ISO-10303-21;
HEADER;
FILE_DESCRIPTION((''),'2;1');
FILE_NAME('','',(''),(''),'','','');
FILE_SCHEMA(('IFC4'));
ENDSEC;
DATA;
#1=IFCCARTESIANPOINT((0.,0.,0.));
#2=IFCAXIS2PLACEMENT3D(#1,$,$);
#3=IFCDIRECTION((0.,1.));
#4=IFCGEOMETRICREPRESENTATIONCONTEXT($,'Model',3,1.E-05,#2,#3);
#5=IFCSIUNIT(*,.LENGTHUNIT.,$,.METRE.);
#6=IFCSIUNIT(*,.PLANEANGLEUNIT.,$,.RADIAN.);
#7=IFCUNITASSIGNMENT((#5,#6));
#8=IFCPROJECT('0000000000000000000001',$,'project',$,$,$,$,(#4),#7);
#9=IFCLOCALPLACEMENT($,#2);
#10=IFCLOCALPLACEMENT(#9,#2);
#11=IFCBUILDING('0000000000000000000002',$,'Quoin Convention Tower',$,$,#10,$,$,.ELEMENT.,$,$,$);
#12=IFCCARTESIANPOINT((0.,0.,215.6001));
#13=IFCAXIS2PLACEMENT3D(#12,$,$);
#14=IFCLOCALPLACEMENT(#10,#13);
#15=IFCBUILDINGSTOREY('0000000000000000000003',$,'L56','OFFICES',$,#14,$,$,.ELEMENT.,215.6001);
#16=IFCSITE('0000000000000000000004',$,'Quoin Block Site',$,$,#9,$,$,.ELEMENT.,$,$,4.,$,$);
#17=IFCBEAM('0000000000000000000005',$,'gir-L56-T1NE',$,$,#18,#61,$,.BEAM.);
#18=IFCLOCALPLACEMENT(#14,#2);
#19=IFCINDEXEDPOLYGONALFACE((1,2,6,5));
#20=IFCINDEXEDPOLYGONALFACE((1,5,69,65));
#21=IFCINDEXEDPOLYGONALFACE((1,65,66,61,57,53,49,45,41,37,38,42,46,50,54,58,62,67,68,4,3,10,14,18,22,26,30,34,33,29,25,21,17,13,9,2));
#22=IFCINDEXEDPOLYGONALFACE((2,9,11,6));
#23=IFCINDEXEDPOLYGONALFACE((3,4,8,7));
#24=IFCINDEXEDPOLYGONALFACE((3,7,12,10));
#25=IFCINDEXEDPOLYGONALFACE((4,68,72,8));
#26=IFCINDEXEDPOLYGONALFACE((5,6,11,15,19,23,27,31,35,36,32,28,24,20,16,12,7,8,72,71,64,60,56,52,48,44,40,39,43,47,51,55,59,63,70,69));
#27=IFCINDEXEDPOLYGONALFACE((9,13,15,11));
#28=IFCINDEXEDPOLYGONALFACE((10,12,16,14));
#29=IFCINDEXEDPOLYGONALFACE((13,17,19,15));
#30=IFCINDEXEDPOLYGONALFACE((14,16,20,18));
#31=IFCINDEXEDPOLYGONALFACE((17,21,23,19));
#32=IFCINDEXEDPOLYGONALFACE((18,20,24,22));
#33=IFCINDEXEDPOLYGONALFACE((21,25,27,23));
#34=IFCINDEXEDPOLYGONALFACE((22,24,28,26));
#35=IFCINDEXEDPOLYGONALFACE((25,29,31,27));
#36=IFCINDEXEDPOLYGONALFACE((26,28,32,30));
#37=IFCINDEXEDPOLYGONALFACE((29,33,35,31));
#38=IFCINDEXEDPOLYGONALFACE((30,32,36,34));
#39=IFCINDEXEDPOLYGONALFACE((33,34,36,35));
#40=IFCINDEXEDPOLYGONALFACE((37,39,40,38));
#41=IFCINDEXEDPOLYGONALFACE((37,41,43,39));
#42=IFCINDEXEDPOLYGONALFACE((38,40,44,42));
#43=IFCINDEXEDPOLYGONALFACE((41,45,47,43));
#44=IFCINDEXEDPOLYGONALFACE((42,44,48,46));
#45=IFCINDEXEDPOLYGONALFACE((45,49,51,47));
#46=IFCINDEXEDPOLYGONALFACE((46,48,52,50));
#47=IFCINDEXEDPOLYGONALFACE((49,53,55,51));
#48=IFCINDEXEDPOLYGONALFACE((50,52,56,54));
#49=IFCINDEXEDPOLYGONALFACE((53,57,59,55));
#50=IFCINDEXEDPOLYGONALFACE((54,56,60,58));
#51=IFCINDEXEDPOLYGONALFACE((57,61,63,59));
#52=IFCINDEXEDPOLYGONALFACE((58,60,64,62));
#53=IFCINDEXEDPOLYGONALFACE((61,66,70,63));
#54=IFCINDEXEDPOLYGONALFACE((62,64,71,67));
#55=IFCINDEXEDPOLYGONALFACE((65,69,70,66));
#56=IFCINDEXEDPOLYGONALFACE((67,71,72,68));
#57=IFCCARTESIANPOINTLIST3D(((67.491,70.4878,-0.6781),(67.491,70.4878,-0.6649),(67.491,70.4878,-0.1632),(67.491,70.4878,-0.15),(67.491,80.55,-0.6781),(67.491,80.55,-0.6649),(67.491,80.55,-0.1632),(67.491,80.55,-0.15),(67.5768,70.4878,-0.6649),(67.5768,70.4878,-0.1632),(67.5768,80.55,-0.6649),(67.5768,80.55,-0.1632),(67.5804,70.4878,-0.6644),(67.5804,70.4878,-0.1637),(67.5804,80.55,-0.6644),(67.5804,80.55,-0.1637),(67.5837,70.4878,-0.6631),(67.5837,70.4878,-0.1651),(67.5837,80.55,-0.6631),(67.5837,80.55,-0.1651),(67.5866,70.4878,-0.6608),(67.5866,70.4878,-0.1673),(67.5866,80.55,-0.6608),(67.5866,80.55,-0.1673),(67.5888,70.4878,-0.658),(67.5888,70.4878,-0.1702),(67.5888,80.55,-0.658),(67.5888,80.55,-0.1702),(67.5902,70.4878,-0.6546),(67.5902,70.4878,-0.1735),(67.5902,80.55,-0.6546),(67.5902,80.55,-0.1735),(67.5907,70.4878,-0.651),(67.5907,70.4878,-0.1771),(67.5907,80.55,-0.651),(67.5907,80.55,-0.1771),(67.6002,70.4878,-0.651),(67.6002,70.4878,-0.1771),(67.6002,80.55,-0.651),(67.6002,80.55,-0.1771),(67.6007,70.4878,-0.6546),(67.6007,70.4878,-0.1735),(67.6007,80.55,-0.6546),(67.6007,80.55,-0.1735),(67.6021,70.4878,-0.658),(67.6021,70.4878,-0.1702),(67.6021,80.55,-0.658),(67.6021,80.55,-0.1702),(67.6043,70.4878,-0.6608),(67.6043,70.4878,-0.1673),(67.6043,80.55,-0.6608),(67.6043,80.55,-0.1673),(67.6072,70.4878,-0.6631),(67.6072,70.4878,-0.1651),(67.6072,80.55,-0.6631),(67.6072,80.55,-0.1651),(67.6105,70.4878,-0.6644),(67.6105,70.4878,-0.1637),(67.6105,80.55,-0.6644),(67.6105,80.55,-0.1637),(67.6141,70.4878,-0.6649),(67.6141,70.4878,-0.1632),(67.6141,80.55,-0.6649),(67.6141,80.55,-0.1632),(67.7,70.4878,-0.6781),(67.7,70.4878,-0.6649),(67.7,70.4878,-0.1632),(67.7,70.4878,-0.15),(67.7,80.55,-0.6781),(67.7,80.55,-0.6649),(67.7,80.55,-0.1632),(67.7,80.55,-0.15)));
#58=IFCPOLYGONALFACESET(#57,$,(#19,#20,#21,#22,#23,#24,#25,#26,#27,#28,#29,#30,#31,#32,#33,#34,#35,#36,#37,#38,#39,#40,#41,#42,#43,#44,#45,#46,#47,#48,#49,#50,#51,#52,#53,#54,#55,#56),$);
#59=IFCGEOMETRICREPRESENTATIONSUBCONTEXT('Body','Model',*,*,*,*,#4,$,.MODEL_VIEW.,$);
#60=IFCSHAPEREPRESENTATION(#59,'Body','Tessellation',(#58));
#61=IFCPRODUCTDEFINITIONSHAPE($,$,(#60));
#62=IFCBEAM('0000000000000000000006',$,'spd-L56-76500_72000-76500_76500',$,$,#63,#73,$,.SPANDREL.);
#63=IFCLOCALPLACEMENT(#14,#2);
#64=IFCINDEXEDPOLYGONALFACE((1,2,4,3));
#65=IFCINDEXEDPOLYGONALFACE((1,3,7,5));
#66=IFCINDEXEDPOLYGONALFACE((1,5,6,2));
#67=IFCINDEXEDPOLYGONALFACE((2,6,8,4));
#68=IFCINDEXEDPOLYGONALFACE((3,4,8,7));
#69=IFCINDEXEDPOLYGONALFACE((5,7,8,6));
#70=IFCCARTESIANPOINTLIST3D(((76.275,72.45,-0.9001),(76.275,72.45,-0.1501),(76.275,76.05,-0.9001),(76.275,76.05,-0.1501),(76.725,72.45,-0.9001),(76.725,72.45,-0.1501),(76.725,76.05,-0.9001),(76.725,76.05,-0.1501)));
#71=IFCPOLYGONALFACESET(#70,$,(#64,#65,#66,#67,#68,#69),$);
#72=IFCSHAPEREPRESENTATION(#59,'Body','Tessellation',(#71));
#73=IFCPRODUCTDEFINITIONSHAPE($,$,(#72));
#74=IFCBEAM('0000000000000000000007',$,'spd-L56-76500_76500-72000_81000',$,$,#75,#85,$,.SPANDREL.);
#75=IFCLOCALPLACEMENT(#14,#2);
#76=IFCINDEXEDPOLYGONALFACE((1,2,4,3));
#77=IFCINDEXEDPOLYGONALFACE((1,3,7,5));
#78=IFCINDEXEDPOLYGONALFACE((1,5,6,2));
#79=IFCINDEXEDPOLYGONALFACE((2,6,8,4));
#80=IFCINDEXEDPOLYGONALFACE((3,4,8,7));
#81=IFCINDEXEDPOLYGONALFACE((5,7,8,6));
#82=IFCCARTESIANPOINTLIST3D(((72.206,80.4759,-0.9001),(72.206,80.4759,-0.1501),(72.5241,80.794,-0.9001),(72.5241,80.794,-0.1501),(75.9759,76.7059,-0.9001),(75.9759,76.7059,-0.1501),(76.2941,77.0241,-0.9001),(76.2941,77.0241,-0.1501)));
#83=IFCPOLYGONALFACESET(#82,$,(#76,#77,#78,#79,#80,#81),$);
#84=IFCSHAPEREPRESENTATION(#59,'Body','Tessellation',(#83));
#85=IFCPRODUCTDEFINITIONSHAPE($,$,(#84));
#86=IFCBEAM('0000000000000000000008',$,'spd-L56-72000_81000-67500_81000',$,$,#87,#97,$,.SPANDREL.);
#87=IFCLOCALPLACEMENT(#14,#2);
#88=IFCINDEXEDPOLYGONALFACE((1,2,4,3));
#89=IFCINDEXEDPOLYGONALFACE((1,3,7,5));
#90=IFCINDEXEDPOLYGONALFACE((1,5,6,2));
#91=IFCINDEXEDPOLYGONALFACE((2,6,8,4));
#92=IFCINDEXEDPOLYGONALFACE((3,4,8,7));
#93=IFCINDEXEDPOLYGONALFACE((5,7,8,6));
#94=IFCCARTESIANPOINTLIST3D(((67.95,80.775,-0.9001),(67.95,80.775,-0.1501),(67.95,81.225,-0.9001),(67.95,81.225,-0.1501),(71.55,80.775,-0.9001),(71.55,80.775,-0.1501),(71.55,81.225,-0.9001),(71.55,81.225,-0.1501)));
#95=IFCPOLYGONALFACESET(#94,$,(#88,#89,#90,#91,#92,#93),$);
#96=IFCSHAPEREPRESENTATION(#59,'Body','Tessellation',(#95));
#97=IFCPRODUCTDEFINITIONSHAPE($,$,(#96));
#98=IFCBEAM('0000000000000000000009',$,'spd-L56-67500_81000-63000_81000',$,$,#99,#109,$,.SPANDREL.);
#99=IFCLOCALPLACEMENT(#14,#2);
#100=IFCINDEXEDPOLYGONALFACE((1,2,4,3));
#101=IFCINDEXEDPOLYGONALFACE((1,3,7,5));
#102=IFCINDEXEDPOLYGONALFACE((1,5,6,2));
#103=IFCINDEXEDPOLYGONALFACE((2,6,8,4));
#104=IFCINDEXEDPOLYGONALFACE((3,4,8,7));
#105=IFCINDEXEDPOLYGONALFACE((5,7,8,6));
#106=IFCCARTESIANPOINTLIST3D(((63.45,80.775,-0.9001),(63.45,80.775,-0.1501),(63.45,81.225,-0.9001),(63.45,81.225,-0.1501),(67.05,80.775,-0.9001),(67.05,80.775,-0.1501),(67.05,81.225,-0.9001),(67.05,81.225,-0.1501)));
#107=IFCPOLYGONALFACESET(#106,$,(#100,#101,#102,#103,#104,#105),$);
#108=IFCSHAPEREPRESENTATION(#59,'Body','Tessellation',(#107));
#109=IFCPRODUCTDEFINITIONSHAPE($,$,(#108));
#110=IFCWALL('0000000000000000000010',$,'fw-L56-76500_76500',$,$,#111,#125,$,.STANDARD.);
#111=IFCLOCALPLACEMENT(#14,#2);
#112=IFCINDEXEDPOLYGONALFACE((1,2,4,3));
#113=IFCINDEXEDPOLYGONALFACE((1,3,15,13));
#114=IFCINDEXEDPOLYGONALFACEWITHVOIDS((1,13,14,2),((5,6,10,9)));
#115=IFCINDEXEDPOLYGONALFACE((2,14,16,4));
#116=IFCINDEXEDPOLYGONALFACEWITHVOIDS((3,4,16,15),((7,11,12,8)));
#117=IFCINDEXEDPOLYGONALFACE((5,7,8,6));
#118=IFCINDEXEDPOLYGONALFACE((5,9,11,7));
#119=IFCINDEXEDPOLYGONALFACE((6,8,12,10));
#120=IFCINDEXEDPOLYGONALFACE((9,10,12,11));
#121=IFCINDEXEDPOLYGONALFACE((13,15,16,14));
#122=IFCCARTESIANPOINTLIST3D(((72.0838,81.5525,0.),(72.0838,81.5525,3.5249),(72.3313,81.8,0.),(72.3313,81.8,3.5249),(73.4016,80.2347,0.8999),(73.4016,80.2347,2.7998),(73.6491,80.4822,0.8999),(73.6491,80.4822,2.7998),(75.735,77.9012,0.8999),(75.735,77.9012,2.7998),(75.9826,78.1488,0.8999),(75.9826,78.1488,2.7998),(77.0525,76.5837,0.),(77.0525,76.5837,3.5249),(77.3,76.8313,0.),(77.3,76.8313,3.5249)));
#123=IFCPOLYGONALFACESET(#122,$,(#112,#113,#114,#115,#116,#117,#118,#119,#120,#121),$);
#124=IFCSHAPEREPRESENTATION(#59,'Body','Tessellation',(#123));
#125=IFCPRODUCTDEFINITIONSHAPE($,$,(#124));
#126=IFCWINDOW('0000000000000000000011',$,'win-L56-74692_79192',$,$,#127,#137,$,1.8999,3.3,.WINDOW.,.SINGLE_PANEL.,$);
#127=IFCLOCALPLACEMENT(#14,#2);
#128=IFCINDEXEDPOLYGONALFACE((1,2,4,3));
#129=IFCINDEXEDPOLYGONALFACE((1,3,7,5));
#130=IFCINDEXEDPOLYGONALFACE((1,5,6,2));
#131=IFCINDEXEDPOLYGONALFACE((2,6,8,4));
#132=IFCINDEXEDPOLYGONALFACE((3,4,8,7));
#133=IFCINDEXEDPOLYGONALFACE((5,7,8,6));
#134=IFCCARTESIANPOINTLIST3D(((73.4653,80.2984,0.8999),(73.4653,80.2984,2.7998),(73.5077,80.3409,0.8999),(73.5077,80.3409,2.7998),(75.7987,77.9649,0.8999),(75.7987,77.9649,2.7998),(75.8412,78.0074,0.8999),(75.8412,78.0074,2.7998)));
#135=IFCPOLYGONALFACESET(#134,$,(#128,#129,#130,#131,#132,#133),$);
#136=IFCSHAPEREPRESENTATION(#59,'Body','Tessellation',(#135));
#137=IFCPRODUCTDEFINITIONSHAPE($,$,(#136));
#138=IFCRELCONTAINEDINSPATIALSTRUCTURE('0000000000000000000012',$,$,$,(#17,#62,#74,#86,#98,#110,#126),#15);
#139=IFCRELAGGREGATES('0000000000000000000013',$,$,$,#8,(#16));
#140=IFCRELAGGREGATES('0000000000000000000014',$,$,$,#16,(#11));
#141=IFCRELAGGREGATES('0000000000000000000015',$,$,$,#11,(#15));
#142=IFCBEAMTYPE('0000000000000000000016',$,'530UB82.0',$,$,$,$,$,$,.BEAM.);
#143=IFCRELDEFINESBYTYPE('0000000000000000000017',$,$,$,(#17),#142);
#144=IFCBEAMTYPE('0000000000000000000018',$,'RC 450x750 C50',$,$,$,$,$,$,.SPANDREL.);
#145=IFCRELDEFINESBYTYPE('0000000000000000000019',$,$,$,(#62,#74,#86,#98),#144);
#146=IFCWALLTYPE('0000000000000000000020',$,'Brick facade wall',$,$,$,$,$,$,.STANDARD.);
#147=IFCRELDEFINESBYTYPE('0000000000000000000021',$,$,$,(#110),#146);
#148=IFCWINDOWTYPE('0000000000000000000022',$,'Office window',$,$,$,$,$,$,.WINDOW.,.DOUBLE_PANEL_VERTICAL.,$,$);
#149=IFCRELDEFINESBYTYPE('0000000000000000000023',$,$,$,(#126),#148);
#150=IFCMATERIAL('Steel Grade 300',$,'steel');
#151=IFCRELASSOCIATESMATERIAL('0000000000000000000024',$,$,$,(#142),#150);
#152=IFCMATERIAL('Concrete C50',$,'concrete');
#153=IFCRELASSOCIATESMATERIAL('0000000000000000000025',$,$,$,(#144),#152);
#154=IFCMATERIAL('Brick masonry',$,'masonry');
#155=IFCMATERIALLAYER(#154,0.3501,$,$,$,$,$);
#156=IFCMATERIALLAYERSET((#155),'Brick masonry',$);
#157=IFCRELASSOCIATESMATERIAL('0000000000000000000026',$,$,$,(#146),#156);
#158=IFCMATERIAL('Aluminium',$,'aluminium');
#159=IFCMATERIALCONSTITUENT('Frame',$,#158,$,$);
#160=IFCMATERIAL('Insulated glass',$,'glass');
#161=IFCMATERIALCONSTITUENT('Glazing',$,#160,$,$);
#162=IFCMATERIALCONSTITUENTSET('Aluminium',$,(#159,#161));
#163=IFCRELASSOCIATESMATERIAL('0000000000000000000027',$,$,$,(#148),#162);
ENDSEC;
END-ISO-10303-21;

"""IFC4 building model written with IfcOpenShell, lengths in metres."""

from ifc_helpers import new_model, si_unit, direction, frame, frame_2d, origin, origin_2d, place, context, subcontext, project, spatial, rectangle, i_section, extrude, material, layer, layer_set, constituent, constituent_set, material_profile, profile_set, type_object, element, fill, save


model = new_model("IFC4")

# Units and contexts
model_context = context("Model", 3, precision=1e-05, world=origin(), true_north=direction((0.0, 1.0)))
body_context = subcontext(model_context, "Body", "Model", "MODEL_VIEW")
ifc_project = project(units=[si_unit("LENGTHUNIT", "METRE"), si_unit("PLANEANGLEUNIT", "RADIAN")], contexts=[model_context])

# Site, building, storey
site_placement = place(None, origin())
site = spatial("IfcSite", under=ifc_project, at=site_placement, Name="Quoin Block Site", CompositionType="ELEMENT", RefElevation=4.0)
building_placement = place(site_placement, origin())
building = spatial("IfcBuilding", under=site, at=building_placement, Name="Quoin Convention Tower", CompositionType="ELEMENT")
storey_placement = place(building_placement, frame((0.0, 0.0, 215.6001)))
storey = spatial("IfcBuildingStorey", under=building, at=storey_placement, Name="L56", Description="OFFICES", CompositionType="ELEMENT", Elevation=215.6001)

# Shared definitions
ifc_material_1 = material(Name="Concrete C50", Category="concrete")

# Beams
ifc_material_2 = material(Name="Steel Grade 300", Category="steel")
ifc_material_profile_1 = material_profile(ifc_material_2, i_section(OverallWidth=0.209, OverallDepth=0.5281, WebThickness=0.0095, FlangeThickness=0.0132, FilletRadius=0.0139, at=origin_2d()), Name="530UB82.0")
ifc_profile_set_1 = profile_set([ifc_material_profile_1], Name="Steel Grade 300")
beam_type_1 = type_object("IfcBeamType", Name="530UB82.0", PredefinedType="BEAM", material=ifc_profile_set_1)
beam_1_placement = place(storey_placement, frame((67.5955, 80.55, -0.4141), z_axis=(0.0, -1.0, 0.0), x_axis=(1.0, 0.0, 0.0)))
element("IfcBeam", 1, at=beam_1_placement, inside=storey, type_object=beam_type_1, Name="gir-L56-T1NE", PredefinedType="BEAM", context=body_context, shape_type="SweptSolid", body=[
    extrude(i_section(OverallWidth=0.209, OverallDepth=0.5281, WebThickness=0.0095, FlangeThickness=0.0132, FilletRadius=0.0139, at=origin_2d()), origin(), (0.0, 0.0, 1.0), 10.0623),
])
ifc_material_profile_2 = material_profile(ifc_material_1, rectangle(XDim=0.45, YDim=0.75, at=origin_2d()), Name="RC 450x750")
ifc_profile_set_2 = profile_set([ifc_material_profile_2], Name="Concrete C50")
beam_type_2 = type_object("IfcBeamType", Name="RC 450x750 C50", PredefinedType="SPANDREL", material=ifc_profile_set_2)
beam_2_placement = place(storey_placement, frame((76.5, 72.45, -0.5251), z_axis=(0.0, 1.0, 0.0), x_axis=(-1.0, 0.0, 0.0)))
element("IfcBeam", 2, at=beam_2_placement, inside=storey, type_object=beam_type_2, Name="spd-L56-76500_72000-76500_76500", PredefinedType="SPANDREL", context=body_context, shape_type="SweptSolid", body=[
    extrude(rectangle(XDim=0.45, YDim=0.75, at=origin_2d()), origin(), (0.0, 0.0, 1.0), 3.6001),
])
beam_3_placement = place(storey_placement, frame((76.135, 76.865, -0.5251), z_axis=(-0.707107, 0.707107, 0.0), x_axis=(-0.707107, -0.707107, 0.0)))
element("IfcBeam", 3, at=beam_3_placement, inside=storey, type_object=beam_type_2, Name="spd-L56-76500_76500-72000_81000", PredefinedType="SPANDREL", context=body_context, shape_type="SweptSolid", body=[
    extrude(rectangle(XDim=0.45, YDim=0.75, at=origin_2d()), origin(), (0.0, 0.0, 1.0), 5.3315),
])
for number, where, z_axis, x_axis, name in (
    (4, (71.55, 81.0, -0.5251), (-1.0, 0.0, 0.0), (0.0, -1.0, 0.0), "spd-L56-72000_81000-67500_81000"),
    (5, (67.05, 81.0, -0.5251), (-1.0, 0.0, 0.0), (0.0, -1.0, 0.0), "spd-L56-67500_81000-63000_81000"),
):
    element("IfcBeam", number, at=place(storey_placement, frame(where, z_axis=z_axis, x_axis=x_axis)), inside=storey, type_object=beam_type_2, Name=name, PredefinedType="SPANDREL", context=body_context, shape_type="SweptSolid", body=[
        extrude(rectangle(XDim=0.45, YDim=0.75, at=origin_2d()), origin(), (0.0, 0.0, 1.0), 3.6001),
    ])

# Wall, opening, window
ifc_material_3 = material(Name="Brick masonry", Category="masonry")
ifc_layer_1 = layer(ifc_material_3, 0.3501)
ifc_layer_set_1 = layer_set([ifc_layer_1], Name="Brick masonry")
wall_type_1 = type_object("IfcWallType", Name="Brick facade wall", PredefinedType="STANDARD", material=ifc_layer_set_1)
wall_1_placement = place(storey_placement, frame((77.1763, 76.7075, 0.0), z_axis=(0.0, 0.0, 1.0), x_axis=(-0.707107, 0.707107, 0.0)))
wall_1 = element("IfcWall", 6, at=wall_1_placement, inside=storey, type_object=wall_type_1, Name="fw-L56-76500_76500", PredefinedType="STANDARD", context=body_context, shape_type="SweptSolid", body=[
    extrude(rectangle(XDim=7.0269, YDim=0.3501, at=frame_2d((3.5134, 0.0))), origin(), (0.0, 0.0, 1.0), 3.5249),
])
opening_1_placement = place(wall_1_placement, frame((1.8633, 0.0, 0.8999)))
opening_1 = element("IfcOpeningElement", 7, at=opening_1_placement, cuts=wall_1, PredefinedType="OPENING", context=body_context, shape_type="SweptSolid", body=[
    extrude(rectangle(XDim=3.3, YDim=1.8999, at=frame_2d((1.6499, 0.95))), frame((0.0, 0.1851, 0.0), z_axis=(0.0, -1.0, 0.0), x_axis=(1.0, 0.0, 0.0)), (0.0, 0.0, 1.0), 0.3701),
])
ifc_material_4 = material(Name="Aluminium", Category="aluminium")
ifc_constituent_1 = constituent(ifc_material_4, Name="Frame")
ifc_material_5 = material(Name="Insulated glass", Category="glass")
ifc_constituent_2 = constituent(ifc_material_5, Name="Glazing")
ifc_constituent_set = constituent_set(constituents=[ifc_constituent_1, ifc_constituent_2], Name="Aluminium")
window_type = type_object("IfcWindowType", Name="Office window", PartitioningType="DOUBLE_PANEL_VERTICAL", PredefinedType="WINDOW", material=ifc_constituent_set)
window_1_placement = place(opening_1_placement, origin())
window_1 = element("IfcWindow", 8, at=window_1_placement, inside=storey, type_object=window_type, Name="win-L56-74692_79192", OverallHeight=1.8999, OverallWidth=3.3, PartitioningType="SINGLE_PANEL", PredefinedType="WINDOW", context=body_context, shape_type="SweptSolid", body=[
    extrude(rectangle(XDim=3.3, YDim=1.8999, at=frame_2d((1.6499, 0.95))), frame((0.0, 0.085, 0.0), z_axis=(0.0, -1.0, 0.0), x_axis=(1.0, 0.0, 0.0)), (0.0, 0.0, 1.0), 0.0601),
])
fill(opening_1, window_1)

save(model, "model.ifc")
